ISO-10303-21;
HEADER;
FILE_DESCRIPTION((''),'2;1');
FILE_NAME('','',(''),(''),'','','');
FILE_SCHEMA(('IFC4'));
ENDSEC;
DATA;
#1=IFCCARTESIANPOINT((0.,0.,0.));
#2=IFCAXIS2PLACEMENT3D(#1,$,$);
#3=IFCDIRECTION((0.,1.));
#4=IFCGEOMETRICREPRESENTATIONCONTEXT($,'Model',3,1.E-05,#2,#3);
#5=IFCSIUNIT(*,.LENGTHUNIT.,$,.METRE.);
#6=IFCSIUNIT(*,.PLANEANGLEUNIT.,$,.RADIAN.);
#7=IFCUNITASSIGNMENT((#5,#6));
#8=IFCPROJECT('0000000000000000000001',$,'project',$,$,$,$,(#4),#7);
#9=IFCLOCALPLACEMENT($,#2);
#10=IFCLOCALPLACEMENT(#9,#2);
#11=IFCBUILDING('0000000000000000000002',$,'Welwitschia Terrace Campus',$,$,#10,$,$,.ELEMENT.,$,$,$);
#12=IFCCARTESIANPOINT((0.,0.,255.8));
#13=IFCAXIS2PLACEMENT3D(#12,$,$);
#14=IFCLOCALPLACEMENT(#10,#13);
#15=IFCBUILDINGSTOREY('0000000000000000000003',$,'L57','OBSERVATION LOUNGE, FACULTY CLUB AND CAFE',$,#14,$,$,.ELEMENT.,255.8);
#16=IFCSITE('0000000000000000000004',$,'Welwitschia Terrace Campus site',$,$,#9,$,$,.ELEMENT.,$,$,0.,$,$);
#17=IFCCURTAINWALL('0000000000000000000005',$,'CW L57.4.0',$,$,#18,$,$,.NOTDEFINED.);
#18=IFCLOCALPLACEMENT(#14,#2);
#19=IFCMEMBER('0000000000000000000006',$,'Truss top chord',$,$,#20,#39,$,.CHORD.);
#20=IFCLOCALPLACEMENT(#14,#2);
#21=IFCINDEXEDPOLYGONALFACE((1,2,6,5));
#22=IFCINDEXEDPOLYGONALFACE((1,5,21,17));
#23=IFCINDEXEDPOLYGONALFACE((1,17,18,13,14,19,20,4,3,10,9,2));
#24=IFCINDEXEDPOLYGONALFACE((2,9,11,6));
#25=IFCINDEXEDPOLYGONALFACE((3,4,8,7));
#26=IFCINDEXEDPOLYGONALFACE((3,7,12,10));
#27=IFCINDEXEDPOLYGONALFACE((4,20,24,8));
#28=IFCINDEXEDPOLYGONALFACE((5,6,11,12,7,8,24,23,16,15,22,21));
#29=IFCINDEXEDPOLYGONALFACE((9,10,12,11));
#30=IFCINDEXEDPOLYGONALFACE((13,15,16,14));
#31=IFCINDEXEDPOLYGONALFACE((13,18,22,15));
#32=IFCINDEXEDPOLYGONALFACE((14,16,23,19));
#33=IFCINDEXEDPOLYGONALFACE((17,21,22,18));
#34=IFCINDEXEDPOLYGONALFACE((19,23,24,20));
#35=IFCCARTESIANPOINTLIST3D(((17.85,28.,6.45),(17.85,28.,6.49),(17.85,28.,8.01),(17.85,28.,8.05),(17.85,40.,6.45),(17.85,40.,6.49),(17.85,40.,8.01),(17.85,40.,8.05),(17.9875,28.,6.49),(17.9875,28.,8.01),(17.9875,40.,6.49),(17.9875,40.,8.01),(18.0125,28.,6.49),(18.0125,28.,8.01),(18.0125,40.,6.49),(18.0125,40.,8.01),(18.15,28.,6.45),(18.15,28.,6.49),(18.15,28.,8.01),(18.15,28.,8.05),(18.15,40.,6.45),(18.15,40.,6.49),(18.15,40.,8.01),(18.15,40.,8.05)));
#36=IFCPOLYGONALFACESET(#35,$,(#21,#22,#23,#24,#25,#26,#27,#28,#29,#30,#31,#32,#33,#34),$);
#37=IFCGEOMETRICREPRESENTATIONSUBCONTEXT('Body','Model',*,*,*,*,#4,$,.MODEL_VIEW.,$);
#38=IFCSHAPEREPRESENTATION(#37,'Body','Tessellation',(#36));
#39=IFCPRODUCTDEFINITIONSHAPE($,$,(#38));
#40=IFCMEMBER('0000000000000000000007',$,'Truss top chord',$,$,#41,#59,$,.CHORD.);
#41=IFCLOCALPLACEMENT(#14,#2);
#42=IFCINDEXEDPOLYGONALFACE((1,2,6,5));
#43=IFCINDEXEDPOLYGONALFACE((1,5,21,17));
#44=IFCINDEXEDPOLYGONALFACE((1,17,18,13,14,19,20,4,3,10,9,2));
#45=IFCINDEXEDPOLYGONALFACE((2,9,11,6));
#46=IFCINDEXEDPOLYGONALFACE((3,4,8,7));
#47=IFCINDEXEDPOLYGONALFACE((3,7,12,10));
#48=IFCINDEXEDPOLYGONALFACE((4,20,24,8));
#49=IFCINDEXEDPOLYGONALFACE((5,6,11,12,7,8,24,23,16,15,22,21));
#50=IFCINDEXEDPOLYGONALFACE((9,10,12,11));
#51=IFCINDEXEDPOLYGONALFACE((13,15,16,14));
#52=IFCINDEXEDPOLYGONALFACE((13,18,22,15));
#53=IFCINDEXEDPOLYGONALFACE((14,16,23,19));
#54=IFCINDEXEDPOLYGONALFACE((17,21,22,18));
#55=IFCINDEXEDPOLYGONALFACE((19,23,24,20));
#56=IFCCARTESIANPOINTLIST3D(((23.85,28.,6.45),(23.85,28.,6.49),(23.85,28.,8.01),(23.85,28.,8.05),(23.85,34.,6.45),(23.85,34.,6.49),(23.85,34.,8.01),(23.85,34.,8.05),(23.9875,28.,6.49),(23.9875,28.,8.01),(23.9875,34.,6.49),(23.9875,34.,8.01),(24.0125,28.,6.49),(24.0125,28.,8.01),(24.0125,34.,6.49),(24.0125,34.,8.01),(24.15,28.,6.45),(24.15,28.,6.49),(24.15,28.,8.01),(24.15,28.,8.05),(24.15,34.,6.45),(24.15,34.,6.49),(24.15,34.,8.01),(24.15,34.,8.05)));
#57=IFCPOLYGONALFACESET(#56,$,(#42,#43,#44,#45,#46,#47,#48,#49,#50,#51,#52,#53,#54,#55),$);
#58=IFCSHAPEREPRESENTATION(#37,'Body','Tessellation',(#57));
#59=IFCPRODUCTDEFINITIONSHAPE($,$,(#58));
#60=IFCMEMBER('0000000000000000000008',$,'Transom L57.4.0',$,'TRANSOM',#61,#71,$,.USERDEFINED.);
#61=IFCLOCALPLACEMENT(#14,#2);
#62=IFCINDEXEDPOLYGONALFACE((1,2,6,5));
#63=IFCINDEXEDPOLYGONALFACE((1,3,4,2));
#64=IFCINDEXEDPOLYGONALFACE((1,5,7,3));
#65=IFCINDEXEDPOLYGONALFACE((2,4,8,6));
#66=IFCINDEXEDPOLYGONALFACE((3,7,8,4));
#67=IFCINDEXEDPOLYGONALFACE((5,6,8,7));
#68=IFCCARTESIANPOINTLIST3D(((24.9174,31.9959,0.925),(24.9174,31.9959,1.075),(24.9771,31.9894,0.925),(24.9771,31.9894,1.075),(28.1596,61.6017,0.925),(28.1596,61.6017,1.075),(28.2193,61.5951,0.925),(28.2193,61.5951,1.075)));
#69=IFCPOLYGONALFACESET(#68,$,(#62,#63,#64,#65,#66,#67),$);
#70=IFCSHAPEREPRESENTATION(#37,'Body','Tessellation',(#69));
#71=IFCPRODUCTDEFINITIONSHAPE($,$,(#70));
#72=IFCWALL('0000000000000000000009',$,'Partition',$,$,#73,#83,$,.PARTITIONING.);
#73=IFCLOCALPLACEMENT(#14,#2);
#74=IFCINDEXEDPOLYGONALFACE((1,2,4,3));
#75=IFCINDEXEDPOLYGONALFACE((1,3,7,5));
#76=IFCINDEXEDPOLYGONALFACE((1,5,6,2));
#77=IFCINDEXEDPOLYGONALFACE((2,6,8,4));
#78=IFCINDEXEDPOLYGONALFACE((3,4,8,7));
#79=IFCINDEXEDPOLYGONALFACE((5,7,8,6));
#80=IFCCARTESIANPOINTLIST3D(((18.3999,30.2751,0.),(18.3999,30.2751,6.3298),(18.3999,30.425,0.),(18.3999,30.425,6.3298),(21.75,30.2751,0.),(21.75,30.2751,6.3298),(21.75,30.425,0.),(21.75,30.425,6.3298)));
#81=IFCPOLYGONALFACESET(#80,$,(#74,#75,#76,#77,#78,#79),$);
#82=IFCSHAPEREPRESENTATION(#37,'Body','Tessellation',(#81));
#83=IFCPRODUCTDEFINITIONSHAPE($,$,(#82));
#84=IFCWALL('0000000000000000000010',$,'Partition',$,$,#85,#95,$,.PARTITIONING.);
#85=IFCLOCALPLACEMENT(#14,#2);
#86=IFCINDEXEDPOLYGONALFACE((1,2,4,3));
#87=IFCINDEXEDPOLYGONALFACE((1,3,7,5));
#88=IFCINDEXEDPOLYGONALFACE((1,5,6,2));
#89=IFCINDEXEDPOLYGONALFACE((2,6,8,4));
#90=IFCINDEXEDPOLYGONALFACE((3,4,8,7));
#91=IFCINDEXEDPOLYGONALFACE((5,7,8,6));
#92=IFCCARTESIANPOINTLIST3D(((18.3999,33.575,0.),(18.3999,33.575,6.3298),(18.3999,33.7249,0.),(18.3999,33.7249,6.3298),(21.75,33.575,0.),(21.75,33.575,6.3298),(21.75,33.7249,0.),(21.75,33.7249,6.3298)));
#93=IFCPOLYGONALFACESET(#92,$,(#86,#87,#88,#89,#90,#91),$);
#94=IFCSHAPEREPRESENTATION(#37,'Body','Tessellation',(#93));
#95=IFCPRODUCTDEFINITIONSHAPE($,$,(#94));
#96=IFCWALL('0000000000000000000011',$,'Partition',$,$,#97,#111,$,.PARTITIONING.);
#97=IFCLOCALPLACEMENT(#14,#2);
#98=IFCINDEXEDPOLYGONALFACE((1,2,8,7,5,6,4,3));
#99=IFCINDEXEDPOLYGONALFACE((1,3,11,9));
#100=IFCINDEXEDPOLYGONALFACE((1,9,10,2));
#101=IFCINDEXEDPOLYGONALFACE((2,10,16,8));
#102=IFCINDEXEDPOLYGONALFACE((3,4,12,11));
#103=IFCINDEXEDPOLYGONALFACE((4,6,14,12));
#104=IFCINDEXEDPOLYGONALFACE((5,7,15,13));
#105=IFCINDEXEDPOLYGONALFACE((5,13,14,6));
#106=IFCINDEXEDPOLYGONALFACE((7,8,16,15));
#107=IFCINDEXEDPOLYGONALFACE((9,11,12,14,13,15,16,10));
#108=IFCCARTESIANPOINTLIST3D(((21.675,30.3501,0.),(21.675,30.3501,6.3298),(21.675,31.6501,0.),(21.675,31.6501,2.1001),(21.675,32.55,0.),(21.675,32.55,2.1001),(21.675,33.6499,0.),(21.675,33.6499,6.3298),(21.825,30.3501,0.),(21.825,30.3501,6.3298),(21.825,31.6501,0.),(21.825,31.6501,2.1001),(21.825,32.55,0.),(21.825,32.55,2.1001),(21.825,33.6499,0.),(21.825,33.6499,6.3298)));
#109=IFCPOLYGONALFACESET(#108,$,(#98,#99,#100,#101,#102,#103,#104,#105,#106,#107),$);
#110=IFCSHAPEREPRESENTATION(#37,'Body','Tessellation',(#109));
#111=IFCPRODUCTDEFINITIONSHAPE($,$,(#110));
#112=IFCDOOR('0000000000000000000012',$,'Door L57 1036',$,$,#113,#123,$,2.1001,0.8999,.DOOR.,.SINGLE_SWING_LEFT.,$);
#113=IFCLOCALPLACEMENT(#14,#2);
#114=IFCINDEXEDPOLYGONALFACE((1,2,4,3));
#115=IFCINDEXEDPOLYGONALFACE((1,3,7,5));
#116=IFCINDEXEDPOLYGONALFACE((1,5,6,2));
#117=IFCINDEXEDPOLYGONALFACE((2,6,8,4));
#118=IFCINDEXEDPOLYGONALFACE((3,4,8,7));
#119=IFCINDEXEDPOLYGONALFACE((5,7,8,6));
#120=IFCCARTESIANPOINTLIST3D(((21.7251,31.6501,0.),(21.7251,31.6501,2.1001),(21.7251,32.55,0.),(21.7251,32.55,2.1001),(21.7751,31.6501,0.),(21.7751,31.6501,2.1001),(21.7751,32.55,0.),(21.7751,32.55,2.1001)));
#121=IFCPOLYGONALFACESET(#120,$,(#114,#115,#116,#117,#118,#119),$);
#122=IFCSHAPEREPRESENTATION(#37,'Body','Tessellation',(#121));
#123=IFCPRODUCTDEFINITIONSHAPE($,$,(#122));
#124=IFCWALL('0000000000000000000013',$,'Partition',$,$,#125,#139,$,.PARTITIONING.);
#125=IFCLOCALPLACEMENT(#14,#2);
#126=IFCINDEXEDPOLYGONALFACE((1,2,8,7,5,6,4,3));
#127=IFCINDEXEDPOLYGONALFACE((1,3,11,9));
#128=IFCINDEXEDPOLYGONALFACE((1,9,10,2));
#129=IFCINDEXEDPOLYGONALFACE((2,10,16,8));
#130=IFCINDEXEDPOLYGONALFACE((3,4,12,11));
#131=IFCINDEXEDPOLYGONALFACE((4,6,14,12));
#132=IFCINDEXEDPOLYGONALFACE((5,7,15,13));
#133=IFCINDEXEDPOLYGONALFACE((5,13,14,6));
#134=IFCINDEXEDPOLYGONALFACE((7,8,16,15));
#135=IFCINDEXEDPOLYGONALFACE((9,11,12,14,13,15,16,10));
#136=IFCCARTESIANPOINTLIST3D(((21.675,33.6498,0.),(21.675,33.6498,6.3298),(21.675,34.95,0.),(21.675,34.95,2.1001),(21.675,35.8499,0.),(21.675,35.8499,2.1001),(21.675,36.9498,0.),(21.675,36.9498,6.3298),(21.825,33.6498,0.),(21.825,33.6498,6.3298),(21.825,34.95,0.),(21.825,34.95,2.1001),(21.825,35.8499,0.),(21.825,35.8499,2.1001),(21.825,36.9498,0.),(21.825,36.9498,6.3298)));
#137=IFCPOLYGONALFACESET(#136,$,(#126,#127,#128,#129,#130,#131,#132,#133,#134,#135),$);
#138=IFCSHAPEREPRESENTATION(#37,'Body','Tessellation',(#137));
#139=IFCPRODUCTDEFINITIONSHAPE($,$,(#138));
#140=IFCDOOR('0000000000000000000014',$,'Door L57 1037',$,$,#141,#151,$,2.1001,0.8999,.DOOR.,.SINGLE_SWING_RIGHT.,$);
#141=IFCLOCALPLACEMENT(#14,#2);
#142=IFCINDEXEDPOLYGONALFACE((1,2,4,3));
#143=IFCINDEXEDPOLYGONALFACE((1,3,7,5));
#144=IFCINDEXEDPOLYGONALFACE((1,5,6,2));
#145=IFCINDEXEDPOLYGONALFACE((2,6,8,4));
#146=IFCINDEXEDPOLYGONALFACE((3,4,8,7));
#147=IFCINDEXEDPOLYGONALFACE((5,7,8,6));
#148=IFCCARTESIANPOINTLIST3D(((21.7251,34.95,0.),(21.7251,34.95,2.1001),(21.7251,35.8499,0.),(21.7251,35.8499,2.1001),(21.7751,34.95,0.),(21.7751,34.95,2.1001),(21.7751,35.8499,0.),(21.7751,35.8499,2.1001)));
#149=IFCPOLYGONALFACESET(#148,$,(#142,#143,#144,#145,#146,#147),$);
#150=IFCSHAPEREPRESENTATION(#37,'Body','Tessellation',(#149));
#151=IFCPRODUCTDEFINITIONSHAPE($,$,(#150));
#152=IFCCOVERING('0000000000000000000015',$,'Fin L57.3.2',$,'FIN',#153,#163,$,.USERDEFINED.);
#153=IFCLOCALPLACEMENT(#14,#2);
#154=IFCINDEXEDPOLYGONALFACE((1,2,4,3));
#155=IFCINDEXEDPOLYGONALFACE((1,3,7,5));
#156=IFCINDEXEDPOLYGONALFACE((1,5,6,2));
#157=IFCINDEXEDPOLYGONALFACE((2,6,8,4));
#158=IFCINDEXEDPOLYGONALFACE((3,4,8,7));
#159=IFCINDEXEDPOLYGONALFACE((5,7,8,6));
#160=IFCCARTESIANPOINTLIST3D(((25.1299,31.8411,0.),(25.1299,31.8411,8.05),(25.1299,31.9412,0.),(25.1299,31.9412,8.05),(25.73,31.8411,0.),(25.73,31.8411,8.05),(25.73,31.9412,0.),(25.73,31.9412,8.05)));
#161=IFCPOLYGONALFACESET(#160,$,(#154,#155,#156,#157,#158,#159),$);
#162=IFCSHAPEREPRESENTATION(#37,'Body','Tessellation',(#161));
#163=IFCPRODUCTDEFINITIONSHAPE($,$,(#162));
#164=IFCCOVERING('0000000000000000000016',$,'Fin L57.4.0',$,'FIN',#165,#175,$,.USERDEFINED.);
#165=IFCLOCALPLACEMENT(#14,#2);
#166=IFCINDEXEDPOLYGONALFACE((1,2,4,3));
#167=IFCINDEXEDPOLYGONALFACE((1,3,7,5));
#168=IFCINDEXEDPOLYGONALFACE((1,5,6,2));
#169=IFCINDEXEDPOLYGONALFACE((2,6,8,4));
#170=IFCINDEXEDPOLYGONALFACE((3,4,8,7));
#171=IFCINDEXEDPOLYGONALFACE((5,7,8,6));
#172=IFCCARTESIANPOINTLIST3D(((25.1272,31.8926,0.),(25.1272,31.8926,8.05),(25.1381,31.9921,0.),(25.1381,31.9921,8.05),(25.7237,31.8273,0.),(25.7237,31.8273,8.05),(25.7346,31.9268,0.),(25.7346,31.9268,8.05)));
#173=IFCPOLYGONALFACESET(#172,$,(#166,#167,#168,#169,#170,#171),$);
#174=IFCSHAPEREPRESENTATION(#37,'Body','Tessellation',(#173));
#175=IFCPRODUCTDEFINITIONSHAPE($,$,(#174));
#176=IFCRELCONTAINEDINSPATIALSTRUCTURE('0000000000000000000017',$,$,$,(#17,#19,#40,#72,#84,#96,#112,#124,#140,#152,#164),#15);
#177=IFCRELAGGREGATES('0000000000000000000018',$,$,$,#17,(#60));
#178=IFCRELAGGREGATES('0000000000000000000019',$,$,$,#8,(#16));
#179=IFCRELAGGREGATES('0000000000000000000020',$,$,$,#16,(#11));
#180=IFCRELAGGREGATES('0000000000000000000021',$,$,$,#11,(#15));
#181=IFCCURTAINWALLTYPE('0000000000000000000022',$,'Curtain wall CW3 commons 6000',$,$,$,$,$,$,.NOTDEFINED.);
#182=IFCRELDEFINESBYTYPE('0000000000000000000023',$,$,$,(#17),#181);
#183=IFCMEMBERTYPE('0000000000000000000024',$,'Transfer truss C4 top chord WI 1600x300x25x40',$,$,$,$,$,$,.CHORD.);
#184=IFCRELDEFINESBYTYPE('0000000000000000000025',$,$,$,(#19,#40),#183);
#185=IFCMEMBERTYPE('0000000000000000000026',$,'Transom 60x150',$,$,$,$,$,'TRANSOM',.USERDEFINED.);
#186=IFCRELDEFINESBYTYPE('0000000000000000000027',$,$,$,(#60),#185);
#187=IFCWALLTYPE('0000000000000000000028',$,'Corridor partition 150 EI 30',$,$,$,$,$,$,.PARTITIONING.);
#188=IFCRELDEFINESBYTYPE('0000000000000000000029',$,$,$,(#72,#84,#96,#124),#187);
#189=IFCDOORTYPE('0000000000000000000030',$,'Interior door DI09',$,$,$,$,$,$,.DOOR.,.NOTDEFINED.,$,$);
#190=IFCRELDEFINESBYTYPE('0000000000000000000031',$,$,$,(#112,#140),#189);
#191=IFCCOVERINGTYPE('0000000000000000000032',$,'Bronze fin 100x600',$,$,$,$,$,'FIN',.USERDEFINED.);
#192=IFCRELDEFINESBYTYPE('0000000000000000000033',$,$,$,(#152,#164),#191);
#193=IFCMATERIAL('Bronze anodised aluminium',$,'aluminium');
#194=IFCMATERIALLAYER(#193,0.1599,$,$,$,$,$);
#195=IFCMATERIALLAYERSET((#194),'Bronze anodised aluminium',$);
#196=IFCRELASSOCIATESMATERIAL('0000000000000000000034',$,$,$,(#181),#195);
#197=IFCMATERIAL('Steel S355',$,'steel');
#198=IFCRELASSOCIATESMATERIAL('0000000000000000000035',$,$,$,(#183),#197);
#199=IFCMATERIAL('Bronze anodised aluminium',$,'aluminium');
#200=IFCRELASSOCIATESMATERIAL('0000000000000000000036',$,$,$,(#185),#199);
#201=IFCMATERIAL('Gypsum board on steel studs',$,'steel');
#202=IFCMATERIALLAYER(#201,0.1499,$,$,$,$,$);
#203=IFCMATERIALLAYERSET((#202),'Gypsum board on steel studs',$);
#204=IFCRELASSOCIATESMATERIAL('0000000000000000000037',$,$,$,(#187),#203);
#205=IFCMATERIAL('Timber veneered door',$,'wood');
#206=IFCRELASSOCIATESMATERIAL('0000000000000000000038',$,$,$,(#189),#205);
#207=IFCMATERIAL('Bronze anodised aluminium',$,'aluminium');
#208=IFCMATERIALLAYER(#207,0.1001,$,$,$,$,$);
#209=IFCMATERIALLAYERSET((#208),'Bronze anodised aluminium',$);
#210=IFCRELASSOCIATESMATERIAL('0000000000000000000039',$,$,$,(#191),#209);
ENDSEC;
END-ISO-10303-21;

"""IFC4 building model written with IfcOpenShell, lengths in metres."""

from ifc_helpers import new_model, si_unit, direction, frame, frame_2d, origin, origin_2d, place, context, subcontext, project, spatial, rectangle, i_section, extrude, material, layer, layer_set, material_profile, profile_set, type_object, element, fill, aggregate, save


model = new_model("IFC4")

# Units and contexts
model_context = context("Model", 3, precision=1e-05, world=origin(), true_north=direction((0.0, 1.0)))
body_context = subcontext(model_context, "Body", "Model", "MODEL_VIEW")
ifc_project = project(units=[si_unit("LENGTHUNIT", "METRE"), si_unit("PLANEANGLEUNIT", "RADIAN")], contexts=[model_context])

# Site, building, storey
site_placement = place(None, origin())
site = spatial("IfcSite", under=ifc_project, at=site_placement, Name="Welwitschia Terrace Campus site", CompositionType="ELEMENT", RefElevation=0.0)
building_placement = place(site_placement, origin())
building = spatial("IfcBuilding", under=site, at=building_placement, Name="Welwitschia Terrace Campus", CompositionType="ELEMENT")
storey_placement = place(building_placement, frame((0.0, 0.0, 255.8)))
storey = spatial("IfcBuildingStorey", under=building, at=storey_placement, Name="L57", Description="OBSERVATION LOUNGE, FACULTY CLUB AND CAFE", CompositionType="ELEMENT", Elevation=255.8)

# Curtain wall
ifc_material_1 = material(Name="Bronze anodised aluminium", Category="aluminium")
ifc_layer_1 = layer(ifc_material_1, 0.1599)
ifc_layer_set_1 = layer_set([ifc_layer_1], Name="Bronze anodised aluminium")
curtain_wall_type = type_object("IfcCurtainWallType", Name="Curtain wall CW3 commons 6000", PredefinedType="NOTDEFINED", material=ifc_layer_set_1)
curtain_wall_1_placement = place(storey_placement, origin())
curtain_wall_1 = element("IfcCurtainWall", 1, at=curtain_wall_1_placement, inside=storey, type_object=curtain_wall_type, Name="CW L57.4.0", PredefinedType="NOTDEFINED")

# Members
ifc_material_2 = material(Name="Steel S355", Category="steel")
ifc_material_profile_1 = material_profile(ifc_material_2, i_section(OverallWidth=0.3, OverallDepth=1.6001, WebThickness=0.0249, FlangeThickness=0.04, at=origin_2d()))
ifc_profile_set_1 = profile_set([ifc_material_profile_1], Name="Steel S355")
member_type_1 = type_object("IfcMemberType", Name="Transfer truss C4 top chord WI 1600x300x25x40", PredefinedType="CHORD", material=ifc_profile_set_1)
member_1_placement = place(storey_placement, frame((18.0, 28.0, 7.25), z_axis=(0.0, 1.0, 0.0), x_axis=(-1.0, 0.0, 0.0)))
element("IfcMember", 2, at=member_1_placement, inside=storey, type_object=member_type_1, Name="Truss top chord", PredefinedType="CHORD", context=body_context, shape_type="SweptSolid", body=[
    extrude(i_section(OverallWidth=0.3, OverallDepth=1.6001, WebThickness=0.0249, FlangeThickness=0.04, at=origin_2d()), origin(), (0.0, 0.0, 1.0), 12.0),
])
member_2_placement = place(storey_placement, frame((24.0, 28.0, 7.25), z_axis=(0.0, 1.0, 0.0), x_axis=(-1.0, 0.0, 0.0)))
element("IfcMember", 3, at=member_2_placement, inside=storey, type_object=member_type_1, Name="Truss top chord", PredefinedType="CHORD", context=body_context, shape_type="SweptSolid", body=[
    extrude(i_section(OverallWidth=0.3, OverallDepth=1.6001, WebThickness=0.0249, FlangeThickness=0.04, at=origin_2d()), origin(), (0.0, 0.0, 1.0), 6.0),
])

# Member
ifc_material_3 = material(Name="Bronze anodised aluminium", Category="aluminium")
ifc_material_profile_2 = material_profile(ifc_material_3, rectangle(XDim=0.0601, YDim=0.1499, at=origin_2d()))
ifc_profile_set_2 = profile_set([ifc_material_profile_2], Name="Bronze anodised aluminium")
member_type_2 = type_object("IfcMemberType", Name="Transom 60x150", ElementType="TRANSOM", PredefinedType="USERDEFINED", material=ifc_profile_set_2)
member_3_placement = place(storey_placement, frame((24.9473, 31.9927, 1.0), z_axis=(0.108861, 0.994057, 0.0), x_axis=(-0.994057, 0.108861, 0.0)))
member_3 = element("IfcMember", 4, at=member_3_placement, type_object=member_type_2, Name="Transom L57.4.0", ObjectType="TRANSOM", PredefinedType="USERDEFINED", context=body_context, shape_type="SweptSolid", body=[
    extrude(rectangle(XDim=0.0601, YDim=0.1499, at=origin_2d()), origin(), (0.0, 0.0, 1.0), 29.7827),
])
aggregate(curtain_wall_1, [member_3])

# Walls
ifc_material_4 = material(Name="Gypsum board on steel studs", Category="steel")
ifc_layer_2 = layer(ifc_material_4, 0.1499)
ifc_layer_set_2 = layer_set([ifc_layer_2], Name="Gypsum board on steel studs")
wall_type = type_object("IfcWallType", Name="Corridor partition 150 EI 30", PredefinedType="PARTITIONING", material=ifc_layer_set_2)
for number, where, z_axis, x_axis, name in (
    (5, (18.3999, 30.3501, 0.0), (0.0, 0.0, 1.0), (1.0, 0.0, 0.0), "Partition"),
    (6, (18.3999, 33.6499, 0.0), (0.0, 0.0, 1.0), (1.0, 0.0, 0.0), "Partition"),
):
    element("IfcWall", number, at=place(storey_placement, frame(where, z_axis=z_axis, x_axis=x_axis)), inside=storey, type_object=wall_type, Name=name, PredefinedType="PARTITIONING", context=body_context, shape_type="SweptSolid", body=[
        extrude(rectangle(XDim=3.3501, YDim=0.1499, at=frame_2d((1.675, 0.0))), origin(), (0.0, 0.0, 1.0), 6.3298),
    ])

# Walls, openings, doors
wall_1_placement = place(storey_placement, frame((21.75, 30.3501, 0.0), z_axis=(0.0, 0.0, 1.0), x_axis=(0.0, 1.0, 0.0)))
wall_1 = element("IfcWall", 7, at=wall_1_placement, inside=storey, type_object=wall_type, Name="Partition", PredefinedType="PARTITIONING", context=body_context, shape_type="SweptSolid", body=[
    extrude(rectangle(XDim=3.2998, YDim=0.1499, at=frame_2d((1.6499, 0.0))), origin(), (0.0, 0.0, 1.0), 6.3298),
])
opening_1_placement = place(wall_1_placement, frame((1.3, 0.0, 0.0)))
opening_1 = element("IfcOpeningElement", 8, at=opening_1_placement, cuts=wall_1, PredefinedType="OPENING", context=body_context, shape_type="SweptSolid", body=[
    extrude(rectangle(XDim=0.8999, YDim=2.1001, at=frame_2d((0.45, 1.05))), frame((0.0, 0.085, 0.0), z_axis=(0.0, -1.0, 0.0), x_axis=(1.0, 0.0, 0.0)), (0.0, 0.0, 1.0), 0.1699),
])
ifc_material_5 = material(Name="Timber veneered door", Category="wood")
door_type = type_object("IfcDoorType", Name="Interior door DI09", OperationType="NOTDEFINED", PredefinedType="DOOR", material=ifc_material_5)
door_1_placement = place(opening_1_placement, origin())
door_1 = element("IfcDoor", 9, at=door_1_placement, inside=storey, type_object=door_type, Name="Door L57 1036", OperationType="SINGLE_SWING_LEFT", OverallHeight=2.1001, OverallWidth=0.8999, PredefinedType="DOOR", context=body_context, shape_type="SweptSolid", body=[
    extrude(rectangle(XDim=0.8999, YDim=2.1001, at=frame_2d((0.45, 1.05))), frame((0.0, 0.0249, 0.0), z_axis=(0.0, -1.0, 0.0), x_axis=(1.0, 0.0, 0.0)), (0.0, 0.0, 1.0), 0.05),
])
fill(opening_1, door_1)
wall_2_placement = place(storey_placement, frame((21.75, 33.6499, 0.0), z_axis=(0.0, 0.0, 1.0), x_axis=(0.0, 1.0, 0.0)))
wall_2 = element("IfcWall", 10, at=wall_2_placement, inside=storey, type_object=wall_type, Name="Partition", PredefinedType="PARTITIONING", context=body_context, shape_type="SweptSolid", body=[
    extrude(rectangle(XDim=3.3, YDim=0.1499, at=frame_2d((1.6499, 0.0))), origin(), (0.0, 0.0, 1.0), 6.3298),
])
opening_2_placement = place(wall_2_placement, frame((1.3, 0.0, 0.0)))
opening_2 = element("IfcOpeningElement", 11, at=opening_2_placement, cuts=wall_2, PredefinedType="OPENING", context=body_context, shape_type="SweptSolid", body=[
    extrude(rectangle(XDim=0.8999, YDim=2.1001, at=frame_2d((0.45, 1.05))), frame((0.0, 0.085, 0.0), z_axis=(0.0, -1.0, 0.0), x_axis=(1.0, 0.0, 0.0)), (0.0, 0.0, 1.0), 0.1699),
])
door_2_placement = place(opening_2_placement, origin())
door_2 = element("IfcDoor", 12, at=door_2_placement, inside=storey, type_object=door_type, Name="Door L57 1037", OperationType="SINGLE_SWING_RIGHT", OverallHeight=2.1001, OverallWidth=0.8999, PredefinedType="DOOR", context=body_context, shape_type="SweptSolid", body=[
    extrude(rectangle(XDim=0.8999, YDim=2.1001, at=frame_2d((0.45, 1.05))), frame((0.0, 0.0249, 0.0), z_axis=(0.0, -1.0, 0.0), x_axis=(1.0, 0.0, 0.0)), (0.0, 0.0, 1.0), 0.05),
])
fill(opening_2, door_2)

# Coverings
ifc_material_6 = material(Name="Bronze anodised aluminium", Category="aluminium")
ifc_layer_3 = layer(ifc_material_6, 0.1001)
ifc_layer_set_3 = layer_set([ifc_layer_3], Name="Bronze anodised aluminium")
covering_type = type_object("IfcCoveringType", Name="Bronze fin 100x600", ElementType="FIN", PredefinedType="USERDEFINED", material=ifc_layer_set_3)
for number, where, z_axis, x_axis, name in (
    (13, (25.4299, 31.8911, 0.0), (0.0, 0.0, 1.0), (0.0, 1.0, 0.0), "Fin L57.3.2"),
    (14, (25.4309, 31.9097, 0.0), (0.0, 0.0, 1.0), (0.108867, 0.994056, 0.0), "Fin L57.4.0"),
):
    element("IfcCovering", number, at=place(storey_placement, frame(where, z_axis=z_axis, x_axis=x_axis)), inside=storey, type_object=covering_type, Name=name, ObjectType="FIN", PredefinedType="USERDEFINED", context=body_context, shape_type="SweptSolid", body=[
        extrude(rectangle(XDim=0.1001, YDim=0.6001, at=origin_2d()), origin(), (0.0, 0.0, 1.0), 8.05),
    ])

save(model, "model.ifc")
